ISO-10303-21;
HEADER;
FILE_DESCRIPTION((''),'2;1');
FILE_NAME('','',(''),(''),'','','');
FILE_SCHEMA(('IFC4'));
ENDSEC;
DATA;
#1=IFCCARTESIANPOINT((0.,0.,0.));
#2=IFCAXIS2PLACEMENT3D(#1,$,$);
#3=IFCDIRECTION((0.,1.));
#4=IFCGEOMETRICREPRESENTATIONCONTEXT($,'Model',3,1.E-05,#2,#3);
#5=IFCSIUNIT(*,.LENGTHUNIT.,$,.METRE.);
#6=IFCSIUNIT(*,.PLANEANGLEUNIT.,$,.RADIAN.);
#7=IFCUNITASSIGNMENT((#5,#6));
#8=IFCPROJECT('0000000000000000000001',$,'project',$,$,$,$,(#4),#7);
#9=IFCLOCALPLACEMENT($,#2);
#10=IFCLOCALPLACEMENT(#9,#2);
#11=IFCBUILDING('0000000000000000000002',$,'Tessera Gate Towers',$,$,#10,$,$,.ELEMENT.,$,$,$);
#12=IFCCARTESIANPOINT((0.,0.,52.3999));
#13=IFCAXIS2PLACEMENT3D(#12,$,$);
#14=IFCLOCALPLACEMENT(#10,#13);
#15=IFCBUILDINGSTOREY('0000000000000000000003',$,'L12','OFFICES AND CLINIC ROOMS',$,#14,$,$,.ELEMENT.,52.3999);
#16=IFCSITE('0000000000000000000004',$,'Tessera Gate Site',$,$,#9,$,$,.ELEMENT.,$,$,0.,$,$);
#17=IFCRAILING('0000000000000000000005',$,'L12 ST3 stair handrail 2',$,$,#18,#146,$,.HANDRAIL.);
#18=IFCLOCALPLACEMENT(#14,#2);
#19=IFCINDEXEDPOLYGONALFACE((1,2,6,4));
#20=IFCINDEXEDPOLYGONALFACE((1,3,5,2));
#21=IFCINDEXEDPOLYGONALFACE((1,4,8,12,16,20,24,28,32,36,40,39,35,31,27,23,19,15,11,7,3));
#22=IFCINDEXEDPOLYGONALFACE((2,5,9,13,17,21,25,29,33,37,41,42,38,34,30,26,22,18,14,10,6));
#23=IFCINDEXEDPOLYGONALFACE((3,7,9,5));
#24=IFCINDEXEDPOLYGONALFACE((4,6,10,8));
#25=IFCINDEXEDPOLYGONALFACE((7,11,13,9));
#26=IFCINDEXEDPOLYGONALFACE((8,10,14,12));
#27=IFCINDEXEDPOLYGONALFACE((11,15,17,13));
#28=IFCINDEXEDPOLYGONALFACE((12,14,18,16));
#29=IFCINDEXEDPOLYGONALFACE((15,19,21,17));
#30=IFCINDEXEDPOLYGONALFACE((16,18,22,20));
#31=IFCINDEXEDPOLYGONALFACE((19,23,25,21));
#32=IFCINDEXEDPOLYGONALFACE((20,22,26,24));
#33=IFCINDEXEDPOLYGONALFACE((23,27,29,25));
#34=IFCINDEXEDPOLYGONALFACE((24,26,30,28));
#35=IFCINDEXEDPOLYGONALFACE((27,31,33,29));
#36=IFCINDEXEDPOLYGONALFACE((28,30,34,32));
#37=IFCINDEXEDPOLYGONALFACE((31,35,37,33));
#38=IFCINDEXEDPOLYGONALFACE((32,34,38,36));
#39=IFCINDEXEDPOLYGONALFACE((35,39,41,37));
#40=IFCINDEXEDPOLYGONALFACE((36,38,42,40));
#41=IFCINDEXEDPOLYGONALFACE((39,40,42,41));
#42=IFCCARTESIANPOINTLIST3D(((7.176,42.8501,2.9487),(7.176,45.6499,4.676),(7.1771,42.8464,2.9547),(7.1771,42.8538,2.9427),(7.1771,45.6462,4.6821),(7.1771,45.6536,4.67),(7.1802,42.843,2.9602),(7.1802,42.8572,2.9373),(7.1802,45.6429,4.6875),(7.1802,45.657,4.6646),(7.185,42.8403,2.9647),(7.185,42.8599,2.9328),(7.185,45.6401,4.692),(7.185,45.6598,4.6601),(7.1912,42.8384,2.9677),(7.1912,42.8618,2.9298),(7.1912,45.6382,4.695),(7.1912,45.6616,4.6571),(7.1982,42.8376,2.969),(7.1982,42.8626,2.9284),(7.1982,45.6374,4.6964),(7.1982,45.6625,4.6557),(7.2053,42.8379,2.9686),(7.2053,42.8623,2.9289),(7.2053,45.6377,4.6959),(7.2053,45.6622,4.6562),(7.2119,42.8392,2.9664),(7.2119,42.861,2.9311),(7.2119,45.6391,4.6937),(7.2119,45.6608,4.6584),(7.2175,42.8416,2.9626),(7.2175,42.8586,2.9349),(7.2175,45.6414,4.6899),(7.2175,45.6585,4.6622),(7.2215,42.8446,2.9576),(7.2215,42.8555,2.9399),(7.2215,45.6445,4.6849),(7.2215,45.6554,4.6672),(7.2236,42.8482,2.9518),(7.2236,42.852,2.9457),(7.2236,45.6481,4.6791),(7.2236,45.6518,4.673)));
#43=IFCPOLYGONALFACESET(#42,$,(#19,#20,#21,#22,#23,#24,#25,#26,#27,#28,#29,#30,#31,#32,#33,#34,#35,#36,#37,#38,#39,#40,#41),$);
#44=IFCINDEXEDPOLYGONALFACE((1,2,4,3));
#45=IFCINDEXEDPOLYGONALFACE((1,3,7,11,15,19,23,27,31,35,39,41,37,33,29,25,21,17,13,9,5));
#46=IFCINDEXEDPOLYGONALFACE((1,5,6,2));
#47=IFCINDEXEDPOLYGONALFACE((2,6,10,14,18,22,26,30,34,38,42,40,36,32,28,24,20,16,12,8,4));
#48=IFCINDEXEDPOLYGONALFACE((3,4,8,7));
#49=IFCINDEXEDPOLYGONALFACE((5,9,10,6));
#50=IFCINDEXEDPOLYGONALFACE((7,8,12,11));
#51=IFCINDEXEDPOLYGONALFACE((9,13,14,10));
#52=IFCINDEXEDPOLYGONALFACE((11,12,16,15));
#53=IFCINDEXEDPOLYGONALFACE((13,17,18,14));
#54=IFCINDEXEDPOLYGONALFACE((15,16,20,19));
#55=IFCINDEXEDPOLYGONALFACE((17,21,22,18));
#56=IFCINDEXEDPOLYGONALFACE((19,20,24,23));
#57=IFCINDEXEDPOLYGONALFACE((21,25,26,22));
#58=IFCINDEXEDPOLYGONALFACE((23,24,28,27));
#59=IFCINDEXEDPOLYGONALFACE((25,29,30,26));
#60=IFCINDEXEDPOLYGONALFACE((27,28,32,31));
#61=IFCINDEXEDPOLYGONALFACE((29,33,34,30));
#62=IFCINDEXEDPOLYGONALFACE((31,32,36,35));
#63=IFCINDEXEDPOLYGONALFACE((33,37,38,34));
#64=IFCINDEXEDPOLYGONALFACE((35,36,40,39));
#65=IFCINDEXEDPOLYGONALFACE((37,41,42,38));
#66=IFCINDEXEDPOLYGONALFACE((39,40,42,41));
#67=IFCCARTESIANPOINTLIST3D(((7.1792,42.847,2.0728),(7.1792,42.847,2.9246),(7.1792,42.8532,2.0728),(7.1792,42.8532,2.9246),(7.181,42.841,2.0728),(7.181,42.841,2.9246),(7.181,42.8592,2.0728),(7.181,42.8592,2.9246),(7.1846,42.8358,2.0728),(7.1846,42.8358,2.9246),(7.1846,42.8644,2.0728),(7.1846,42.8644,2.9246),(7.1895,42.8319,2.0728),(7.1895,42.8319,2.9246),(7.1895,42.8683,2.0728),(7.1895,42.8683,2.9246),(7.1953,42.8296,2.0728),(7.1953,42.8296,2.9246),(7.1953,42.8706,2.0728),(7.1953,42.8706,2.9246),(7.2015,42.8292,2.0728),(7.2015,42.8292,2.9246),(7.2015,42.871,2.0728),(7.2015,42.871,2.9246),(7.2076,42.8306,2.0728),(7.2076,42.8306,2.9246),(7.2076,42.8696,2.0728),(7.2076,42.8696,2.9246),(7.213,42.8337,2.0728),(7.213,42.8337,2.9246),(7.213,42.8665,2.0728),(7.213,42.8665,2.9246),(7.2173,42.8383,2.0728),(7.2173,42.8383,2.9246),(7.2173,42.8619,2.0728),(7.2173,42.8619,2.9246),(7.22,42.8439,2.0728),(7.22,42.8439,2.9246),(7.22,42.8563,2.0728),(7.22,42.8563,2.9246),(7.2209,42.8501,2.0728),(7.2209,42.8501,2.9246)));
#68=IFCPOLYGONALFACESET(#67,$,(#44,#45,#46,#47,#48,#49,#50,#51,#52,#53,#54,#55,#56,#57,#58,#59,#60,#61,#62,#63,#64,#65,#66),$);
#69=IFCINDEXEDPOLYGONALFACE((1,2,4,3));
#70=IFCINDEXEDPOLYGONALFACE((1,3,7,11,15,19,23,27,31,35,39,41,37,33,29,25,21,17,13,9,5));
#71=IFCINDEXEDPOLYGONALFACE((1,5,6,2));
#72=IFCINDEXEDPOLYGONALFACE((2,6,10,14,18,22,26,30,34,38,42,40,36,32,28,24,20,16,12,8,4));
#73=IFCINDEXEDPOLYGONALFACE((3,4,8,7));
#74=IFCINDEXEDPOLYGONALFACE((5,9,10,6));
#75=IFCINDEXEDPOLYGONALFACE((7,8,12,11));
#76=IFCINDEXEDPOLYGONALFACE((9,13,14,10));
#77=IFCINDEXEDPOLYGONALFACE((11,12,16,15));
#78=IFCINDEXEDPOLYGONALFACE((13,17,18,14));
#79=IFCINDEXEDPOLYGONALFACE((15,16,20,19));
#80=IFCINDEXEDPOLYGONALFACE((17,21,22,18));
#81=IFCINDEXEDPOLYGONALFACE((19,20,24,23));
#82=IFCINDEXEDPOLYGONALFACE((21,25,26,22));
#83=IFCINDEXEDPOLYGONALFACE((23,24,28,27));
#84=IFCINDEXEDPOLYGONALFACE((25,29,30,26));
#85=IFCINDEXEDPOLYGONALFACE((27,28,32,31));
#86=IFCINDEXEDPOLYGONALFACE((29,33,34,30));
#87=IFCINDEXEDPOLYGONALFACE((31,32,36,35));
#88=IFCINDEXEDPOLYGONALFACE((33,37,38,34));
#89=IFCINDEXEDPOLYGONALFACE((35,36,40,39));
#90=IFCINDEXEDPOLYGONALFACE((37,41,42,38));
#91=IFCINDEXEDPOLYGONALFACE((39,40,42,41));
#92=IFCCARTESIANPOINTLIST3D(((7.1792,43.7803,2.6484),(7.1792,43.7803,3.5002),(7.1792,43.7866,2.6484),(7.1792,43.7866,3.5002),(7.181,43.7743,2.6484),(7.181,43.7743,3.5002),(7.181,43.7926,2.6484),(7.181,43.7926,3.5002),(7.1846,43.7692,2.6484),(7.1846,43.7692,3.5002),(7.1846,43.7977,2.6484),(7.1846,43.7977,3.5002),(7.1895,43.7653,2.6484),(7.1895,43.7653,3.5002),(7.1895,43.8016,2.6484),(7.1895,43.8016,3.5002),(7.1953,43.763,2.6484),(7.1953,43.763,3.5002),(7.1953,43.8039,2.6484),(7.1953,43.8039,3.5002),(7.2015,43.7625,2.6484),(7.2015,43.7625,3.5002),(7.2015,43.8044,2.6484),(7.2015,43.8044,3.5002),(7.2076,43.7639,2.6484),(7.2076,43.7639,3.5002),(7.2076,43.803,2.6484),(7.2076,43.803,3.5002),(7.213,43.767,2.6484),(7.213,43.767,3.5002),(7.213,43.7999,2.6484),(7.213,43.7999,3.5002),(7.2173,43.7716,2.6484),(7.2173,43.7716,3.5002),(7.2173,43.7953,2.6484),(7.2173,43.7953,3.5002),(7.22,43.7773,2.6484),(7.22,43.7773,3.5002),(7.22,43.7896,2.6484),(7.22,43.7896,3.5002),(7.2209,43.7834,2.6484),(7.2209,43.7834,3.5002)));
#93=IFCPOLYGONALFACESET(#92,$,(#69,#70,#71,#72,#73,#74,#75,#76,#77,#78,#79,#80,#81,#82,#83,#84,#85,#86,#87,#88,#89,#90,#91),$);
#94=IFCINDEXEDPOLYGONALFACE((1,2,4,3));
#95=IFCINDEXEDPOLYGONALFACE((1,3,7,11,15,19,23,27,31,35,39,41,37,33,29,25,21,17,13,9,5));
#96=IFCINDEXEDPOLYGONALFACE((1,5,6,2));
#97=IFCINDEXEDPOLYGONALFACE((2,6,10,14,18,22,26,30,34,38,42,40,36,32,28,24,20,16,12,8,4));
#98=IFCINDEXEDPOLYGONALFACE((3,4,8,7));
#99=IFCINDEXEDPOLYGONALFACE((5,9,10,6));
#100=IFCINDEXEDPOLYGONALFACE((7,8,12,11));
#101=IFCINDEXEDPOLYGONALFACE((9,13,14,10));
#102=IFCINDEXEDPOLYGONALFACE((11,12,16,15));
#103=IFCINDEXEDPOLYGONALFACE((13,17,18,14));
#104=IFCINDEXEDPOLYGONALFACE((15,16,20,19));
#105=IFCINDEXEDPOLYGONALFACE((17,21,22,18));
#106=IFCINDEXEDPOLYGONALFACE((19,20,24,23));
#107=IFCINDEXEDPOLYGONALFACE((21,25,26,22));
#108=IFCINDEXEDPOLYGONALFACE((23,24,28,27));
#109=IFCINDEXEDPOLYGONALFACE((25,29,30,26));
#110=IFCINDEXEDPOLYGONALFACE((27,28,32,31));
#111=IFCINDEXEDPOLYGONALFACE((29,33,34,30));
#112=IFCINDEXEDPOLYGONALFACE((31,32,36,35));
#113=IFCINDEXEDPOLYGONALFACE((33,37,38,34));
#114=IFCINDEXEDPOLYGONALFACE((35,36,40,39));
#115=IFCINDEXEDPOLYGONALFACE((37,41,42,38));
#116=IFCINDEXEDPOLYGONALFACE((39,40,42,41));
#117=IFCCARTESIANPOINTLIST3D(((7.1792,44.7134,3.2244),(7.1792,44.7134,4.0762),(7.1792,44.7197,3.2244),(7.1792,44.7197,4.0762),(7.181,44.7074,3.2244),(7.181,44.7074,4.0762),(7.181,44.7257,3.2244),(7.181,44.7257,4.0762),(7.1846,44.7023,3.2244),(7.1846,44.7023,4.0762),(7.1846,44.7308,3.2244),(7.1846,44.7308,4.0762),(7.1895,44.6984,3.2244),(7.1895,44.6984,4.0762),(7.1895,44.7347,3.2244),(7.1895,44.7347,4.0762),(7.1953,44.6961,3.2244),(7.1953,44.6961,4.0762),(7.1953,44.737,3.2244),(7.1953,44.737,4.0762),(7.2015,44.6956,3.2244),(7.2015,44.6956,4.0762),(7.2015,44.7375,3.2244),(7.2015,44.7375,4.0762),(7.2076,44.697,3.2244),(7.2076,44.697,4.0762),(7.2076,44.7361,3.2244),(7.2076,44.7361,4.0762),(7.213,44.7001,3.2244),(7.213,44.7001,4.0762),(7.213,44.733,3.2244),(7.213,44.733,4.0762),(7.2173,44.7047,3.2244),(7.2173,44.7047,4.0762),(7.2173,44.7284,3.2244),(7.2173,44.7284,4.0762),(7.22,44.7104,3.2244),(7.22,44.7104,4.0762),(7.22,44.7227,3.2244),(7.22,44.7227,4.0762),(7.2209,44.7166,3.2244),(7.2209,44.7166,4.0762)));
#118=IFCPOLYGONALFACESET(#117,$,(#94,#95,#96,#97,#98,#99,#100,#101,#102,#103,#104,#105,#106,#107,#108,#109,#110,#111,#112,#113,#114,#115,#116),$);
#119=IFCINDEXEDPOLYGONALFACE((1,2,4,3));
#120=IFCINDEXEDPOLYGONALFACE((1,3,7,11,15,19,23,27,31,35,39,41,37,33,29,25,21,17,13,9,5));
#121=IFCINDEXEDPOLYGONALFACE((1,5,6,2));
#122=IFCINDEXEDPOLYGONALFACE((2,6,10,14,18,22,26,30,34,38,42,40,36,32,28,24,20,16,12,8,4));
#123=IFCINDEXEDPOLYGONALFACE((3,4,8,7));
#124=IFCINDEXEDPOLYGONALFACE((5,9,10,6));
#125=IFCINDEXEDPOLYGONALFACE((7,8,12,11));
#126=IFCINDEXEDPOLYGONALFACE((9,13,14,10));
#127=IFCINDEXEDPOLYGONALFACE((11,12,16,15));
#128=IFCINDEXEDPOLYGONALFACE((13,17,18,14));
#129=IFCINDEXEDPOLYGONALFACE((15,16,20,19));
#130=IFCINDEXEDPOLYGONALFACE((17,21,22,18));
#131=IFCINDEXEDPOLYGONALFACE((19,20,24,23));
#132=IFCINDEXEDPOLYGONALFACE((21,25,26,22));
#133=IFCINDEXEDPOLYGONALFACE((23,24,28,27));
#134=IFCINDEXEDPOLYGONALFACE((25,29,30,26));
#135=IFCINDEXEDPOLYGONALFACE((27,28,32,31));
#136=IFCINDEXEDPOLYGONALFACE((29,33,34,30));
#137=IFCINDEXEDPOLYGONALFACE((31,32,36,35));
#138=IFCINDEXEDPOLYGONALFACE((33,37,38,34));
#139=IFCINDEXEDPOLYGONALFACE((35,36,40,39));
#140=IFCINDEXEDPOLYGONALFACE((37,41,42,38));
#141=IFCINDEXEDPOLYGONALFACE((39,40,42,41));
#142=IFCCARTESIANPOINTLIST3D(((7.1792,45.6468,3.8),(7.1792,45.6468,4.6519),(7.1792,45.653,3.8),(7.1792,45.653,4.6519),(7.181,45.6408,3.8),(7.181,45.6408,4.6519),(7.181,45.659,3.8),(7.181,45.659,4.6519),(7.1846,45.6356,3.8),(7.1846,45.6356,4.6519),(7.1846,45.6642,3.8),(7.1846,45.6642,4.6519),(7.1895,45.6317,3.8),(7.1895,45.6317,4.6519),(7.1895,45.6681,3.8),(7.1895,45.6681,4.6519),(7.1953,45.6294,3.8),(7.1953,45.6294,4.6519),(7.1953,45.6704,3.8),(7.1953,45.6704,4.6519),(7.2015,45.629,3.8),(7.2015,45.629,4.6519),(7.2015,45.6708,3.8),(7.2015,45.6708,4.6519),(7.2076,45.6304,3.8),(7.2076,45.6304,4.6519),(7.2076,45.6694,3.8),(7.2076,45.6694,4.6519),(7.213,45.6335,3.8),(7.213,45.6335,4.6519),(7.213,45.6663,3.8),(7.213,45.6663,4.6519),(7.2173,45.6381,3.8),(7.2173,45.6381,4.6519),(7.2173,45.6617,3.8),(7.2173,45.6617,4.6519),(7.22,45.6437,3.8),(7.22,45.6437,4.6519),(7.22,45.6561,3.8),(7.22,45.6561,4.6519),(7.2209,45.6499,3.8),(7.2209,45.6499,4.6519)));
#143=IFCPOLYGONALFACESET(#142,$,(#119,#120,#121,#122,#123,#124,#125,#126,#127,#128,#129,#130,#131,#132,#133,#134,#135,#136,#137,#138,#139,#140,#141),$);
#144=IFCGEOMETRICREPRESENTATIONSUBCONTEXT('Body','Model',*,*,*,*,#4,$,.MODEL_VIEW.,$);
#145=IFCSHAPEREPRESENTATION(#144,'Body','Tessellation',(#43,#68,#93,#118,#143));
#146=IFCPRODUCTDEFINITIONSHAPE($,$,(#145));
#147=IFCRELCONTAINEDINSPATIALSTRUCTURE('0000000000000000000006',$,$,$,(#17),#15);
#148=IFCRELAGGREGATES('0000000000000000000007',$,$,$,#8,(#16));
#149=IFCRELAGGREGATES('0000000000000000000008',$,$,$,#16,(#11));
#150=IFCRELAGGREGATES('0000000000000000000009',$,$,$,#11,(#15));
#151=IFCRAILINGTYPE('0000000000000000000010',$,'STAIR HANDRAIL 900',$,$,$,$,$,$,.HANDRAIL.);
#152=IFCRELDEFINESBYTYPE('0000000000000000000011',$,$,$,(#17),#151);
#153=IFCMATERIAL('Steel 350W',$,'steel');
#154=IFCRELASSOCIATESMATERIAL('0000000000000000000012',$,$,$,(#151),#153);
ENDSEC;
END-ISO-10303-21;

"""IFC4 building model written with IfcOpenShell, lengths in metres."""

from ifc_helpers import new_model, si_unit, direction, frame, origin, origin_2d, place, context, subcontext, project, spatial, circle, extrude, material, type_object, element, save


model = new_model("IFC4")

# Units and contexts
model_context = context("Model", 3, precision=1e-05, world=origin(), true_north=direction((0.0, 1.0)))
body_context = subcontext(model_context, "Body", "Model", "MODEL_VIEW")
ifc_project = project(units=[si_unit("LENGTHUNIT", "METRE"), si_unit("PLANEANGLEUNIT", "RADIAN")], contexts=[model_context])

# Site, building, storey
site_placement = place(None, origin())
site = spatial("IfcSite", under=ifc_project, at=site_placement, Name="Tessera Gate Site", CompositionType="ELEMENT", RefElevation=0.0)
building_placement = place(site_placement, origin())
building = spatial("IfcBuilding", under=site, at=building_placement, Name="Tessera Gate Towers", CompositionType="ELEMENT")
storey_placement = place(building_placement, frame((0.0, 0.0, 52.3999)))
storey = spatial("IfcBuildingStorey", under=building, at=storey_placement, Name="L12", Description="OFFICES AND CLINIC ROOMS", CompositionType="ELEMENT", Elevation=52.3999)

# Railing
ifc_material_1 = material(Name="Steel 350W", Category="steel")
railing_type_1 = type_object("IfcRailingType", Name="STAIR HANDRAIL 900", PredefinedType="HANDRAIL", material=ifc_material_1)
railing_1_placement = place(storey_placement, frame((7.2, 42.8501, 2.0728)))
element("IfcRailing", 1, at=railing_1_placement, inside=storey, type_object=railing_type_1, Name="L12 ST3 stair handrail 2", PredefinedType="HANDRAIL", context=body_context, shape_type="SweptSolid", body=[
    extrude(circle(Radius=0.0239, at=origin_2d()), frame((0.0, 0.0, 0.876), z_axis=(0.0, 0.851069, 0.525054), x_axis=(-1.0, 0.0, 0.0)), (0.0, 0.0, 1.0), 3.2898),
    extrude(circle(Radius=0.021, at=origin_2d()), origin(), (0.0, 0.0, 1.0), 0.8518),
    extrude(circle(Radius=0.021, at=origin_2d()), frame((0.0, 0.9333, 0.5757)), (0.0, 0.0, 1.0), 0.8518),
    extrude(circle(Radius=0.021, at=origin_2d()), frame((0.0, 1.8665, 1.1516)), (0.0, 0.0, 1.0), 0.8518),
    extrude(circle(Radius=0.021, at=origin_2d()), frame((0.0, 2.7998, 1.7273)), (0.0, 0.0, 1.0), 0.8518),
])

save(model, "model.ifc")
